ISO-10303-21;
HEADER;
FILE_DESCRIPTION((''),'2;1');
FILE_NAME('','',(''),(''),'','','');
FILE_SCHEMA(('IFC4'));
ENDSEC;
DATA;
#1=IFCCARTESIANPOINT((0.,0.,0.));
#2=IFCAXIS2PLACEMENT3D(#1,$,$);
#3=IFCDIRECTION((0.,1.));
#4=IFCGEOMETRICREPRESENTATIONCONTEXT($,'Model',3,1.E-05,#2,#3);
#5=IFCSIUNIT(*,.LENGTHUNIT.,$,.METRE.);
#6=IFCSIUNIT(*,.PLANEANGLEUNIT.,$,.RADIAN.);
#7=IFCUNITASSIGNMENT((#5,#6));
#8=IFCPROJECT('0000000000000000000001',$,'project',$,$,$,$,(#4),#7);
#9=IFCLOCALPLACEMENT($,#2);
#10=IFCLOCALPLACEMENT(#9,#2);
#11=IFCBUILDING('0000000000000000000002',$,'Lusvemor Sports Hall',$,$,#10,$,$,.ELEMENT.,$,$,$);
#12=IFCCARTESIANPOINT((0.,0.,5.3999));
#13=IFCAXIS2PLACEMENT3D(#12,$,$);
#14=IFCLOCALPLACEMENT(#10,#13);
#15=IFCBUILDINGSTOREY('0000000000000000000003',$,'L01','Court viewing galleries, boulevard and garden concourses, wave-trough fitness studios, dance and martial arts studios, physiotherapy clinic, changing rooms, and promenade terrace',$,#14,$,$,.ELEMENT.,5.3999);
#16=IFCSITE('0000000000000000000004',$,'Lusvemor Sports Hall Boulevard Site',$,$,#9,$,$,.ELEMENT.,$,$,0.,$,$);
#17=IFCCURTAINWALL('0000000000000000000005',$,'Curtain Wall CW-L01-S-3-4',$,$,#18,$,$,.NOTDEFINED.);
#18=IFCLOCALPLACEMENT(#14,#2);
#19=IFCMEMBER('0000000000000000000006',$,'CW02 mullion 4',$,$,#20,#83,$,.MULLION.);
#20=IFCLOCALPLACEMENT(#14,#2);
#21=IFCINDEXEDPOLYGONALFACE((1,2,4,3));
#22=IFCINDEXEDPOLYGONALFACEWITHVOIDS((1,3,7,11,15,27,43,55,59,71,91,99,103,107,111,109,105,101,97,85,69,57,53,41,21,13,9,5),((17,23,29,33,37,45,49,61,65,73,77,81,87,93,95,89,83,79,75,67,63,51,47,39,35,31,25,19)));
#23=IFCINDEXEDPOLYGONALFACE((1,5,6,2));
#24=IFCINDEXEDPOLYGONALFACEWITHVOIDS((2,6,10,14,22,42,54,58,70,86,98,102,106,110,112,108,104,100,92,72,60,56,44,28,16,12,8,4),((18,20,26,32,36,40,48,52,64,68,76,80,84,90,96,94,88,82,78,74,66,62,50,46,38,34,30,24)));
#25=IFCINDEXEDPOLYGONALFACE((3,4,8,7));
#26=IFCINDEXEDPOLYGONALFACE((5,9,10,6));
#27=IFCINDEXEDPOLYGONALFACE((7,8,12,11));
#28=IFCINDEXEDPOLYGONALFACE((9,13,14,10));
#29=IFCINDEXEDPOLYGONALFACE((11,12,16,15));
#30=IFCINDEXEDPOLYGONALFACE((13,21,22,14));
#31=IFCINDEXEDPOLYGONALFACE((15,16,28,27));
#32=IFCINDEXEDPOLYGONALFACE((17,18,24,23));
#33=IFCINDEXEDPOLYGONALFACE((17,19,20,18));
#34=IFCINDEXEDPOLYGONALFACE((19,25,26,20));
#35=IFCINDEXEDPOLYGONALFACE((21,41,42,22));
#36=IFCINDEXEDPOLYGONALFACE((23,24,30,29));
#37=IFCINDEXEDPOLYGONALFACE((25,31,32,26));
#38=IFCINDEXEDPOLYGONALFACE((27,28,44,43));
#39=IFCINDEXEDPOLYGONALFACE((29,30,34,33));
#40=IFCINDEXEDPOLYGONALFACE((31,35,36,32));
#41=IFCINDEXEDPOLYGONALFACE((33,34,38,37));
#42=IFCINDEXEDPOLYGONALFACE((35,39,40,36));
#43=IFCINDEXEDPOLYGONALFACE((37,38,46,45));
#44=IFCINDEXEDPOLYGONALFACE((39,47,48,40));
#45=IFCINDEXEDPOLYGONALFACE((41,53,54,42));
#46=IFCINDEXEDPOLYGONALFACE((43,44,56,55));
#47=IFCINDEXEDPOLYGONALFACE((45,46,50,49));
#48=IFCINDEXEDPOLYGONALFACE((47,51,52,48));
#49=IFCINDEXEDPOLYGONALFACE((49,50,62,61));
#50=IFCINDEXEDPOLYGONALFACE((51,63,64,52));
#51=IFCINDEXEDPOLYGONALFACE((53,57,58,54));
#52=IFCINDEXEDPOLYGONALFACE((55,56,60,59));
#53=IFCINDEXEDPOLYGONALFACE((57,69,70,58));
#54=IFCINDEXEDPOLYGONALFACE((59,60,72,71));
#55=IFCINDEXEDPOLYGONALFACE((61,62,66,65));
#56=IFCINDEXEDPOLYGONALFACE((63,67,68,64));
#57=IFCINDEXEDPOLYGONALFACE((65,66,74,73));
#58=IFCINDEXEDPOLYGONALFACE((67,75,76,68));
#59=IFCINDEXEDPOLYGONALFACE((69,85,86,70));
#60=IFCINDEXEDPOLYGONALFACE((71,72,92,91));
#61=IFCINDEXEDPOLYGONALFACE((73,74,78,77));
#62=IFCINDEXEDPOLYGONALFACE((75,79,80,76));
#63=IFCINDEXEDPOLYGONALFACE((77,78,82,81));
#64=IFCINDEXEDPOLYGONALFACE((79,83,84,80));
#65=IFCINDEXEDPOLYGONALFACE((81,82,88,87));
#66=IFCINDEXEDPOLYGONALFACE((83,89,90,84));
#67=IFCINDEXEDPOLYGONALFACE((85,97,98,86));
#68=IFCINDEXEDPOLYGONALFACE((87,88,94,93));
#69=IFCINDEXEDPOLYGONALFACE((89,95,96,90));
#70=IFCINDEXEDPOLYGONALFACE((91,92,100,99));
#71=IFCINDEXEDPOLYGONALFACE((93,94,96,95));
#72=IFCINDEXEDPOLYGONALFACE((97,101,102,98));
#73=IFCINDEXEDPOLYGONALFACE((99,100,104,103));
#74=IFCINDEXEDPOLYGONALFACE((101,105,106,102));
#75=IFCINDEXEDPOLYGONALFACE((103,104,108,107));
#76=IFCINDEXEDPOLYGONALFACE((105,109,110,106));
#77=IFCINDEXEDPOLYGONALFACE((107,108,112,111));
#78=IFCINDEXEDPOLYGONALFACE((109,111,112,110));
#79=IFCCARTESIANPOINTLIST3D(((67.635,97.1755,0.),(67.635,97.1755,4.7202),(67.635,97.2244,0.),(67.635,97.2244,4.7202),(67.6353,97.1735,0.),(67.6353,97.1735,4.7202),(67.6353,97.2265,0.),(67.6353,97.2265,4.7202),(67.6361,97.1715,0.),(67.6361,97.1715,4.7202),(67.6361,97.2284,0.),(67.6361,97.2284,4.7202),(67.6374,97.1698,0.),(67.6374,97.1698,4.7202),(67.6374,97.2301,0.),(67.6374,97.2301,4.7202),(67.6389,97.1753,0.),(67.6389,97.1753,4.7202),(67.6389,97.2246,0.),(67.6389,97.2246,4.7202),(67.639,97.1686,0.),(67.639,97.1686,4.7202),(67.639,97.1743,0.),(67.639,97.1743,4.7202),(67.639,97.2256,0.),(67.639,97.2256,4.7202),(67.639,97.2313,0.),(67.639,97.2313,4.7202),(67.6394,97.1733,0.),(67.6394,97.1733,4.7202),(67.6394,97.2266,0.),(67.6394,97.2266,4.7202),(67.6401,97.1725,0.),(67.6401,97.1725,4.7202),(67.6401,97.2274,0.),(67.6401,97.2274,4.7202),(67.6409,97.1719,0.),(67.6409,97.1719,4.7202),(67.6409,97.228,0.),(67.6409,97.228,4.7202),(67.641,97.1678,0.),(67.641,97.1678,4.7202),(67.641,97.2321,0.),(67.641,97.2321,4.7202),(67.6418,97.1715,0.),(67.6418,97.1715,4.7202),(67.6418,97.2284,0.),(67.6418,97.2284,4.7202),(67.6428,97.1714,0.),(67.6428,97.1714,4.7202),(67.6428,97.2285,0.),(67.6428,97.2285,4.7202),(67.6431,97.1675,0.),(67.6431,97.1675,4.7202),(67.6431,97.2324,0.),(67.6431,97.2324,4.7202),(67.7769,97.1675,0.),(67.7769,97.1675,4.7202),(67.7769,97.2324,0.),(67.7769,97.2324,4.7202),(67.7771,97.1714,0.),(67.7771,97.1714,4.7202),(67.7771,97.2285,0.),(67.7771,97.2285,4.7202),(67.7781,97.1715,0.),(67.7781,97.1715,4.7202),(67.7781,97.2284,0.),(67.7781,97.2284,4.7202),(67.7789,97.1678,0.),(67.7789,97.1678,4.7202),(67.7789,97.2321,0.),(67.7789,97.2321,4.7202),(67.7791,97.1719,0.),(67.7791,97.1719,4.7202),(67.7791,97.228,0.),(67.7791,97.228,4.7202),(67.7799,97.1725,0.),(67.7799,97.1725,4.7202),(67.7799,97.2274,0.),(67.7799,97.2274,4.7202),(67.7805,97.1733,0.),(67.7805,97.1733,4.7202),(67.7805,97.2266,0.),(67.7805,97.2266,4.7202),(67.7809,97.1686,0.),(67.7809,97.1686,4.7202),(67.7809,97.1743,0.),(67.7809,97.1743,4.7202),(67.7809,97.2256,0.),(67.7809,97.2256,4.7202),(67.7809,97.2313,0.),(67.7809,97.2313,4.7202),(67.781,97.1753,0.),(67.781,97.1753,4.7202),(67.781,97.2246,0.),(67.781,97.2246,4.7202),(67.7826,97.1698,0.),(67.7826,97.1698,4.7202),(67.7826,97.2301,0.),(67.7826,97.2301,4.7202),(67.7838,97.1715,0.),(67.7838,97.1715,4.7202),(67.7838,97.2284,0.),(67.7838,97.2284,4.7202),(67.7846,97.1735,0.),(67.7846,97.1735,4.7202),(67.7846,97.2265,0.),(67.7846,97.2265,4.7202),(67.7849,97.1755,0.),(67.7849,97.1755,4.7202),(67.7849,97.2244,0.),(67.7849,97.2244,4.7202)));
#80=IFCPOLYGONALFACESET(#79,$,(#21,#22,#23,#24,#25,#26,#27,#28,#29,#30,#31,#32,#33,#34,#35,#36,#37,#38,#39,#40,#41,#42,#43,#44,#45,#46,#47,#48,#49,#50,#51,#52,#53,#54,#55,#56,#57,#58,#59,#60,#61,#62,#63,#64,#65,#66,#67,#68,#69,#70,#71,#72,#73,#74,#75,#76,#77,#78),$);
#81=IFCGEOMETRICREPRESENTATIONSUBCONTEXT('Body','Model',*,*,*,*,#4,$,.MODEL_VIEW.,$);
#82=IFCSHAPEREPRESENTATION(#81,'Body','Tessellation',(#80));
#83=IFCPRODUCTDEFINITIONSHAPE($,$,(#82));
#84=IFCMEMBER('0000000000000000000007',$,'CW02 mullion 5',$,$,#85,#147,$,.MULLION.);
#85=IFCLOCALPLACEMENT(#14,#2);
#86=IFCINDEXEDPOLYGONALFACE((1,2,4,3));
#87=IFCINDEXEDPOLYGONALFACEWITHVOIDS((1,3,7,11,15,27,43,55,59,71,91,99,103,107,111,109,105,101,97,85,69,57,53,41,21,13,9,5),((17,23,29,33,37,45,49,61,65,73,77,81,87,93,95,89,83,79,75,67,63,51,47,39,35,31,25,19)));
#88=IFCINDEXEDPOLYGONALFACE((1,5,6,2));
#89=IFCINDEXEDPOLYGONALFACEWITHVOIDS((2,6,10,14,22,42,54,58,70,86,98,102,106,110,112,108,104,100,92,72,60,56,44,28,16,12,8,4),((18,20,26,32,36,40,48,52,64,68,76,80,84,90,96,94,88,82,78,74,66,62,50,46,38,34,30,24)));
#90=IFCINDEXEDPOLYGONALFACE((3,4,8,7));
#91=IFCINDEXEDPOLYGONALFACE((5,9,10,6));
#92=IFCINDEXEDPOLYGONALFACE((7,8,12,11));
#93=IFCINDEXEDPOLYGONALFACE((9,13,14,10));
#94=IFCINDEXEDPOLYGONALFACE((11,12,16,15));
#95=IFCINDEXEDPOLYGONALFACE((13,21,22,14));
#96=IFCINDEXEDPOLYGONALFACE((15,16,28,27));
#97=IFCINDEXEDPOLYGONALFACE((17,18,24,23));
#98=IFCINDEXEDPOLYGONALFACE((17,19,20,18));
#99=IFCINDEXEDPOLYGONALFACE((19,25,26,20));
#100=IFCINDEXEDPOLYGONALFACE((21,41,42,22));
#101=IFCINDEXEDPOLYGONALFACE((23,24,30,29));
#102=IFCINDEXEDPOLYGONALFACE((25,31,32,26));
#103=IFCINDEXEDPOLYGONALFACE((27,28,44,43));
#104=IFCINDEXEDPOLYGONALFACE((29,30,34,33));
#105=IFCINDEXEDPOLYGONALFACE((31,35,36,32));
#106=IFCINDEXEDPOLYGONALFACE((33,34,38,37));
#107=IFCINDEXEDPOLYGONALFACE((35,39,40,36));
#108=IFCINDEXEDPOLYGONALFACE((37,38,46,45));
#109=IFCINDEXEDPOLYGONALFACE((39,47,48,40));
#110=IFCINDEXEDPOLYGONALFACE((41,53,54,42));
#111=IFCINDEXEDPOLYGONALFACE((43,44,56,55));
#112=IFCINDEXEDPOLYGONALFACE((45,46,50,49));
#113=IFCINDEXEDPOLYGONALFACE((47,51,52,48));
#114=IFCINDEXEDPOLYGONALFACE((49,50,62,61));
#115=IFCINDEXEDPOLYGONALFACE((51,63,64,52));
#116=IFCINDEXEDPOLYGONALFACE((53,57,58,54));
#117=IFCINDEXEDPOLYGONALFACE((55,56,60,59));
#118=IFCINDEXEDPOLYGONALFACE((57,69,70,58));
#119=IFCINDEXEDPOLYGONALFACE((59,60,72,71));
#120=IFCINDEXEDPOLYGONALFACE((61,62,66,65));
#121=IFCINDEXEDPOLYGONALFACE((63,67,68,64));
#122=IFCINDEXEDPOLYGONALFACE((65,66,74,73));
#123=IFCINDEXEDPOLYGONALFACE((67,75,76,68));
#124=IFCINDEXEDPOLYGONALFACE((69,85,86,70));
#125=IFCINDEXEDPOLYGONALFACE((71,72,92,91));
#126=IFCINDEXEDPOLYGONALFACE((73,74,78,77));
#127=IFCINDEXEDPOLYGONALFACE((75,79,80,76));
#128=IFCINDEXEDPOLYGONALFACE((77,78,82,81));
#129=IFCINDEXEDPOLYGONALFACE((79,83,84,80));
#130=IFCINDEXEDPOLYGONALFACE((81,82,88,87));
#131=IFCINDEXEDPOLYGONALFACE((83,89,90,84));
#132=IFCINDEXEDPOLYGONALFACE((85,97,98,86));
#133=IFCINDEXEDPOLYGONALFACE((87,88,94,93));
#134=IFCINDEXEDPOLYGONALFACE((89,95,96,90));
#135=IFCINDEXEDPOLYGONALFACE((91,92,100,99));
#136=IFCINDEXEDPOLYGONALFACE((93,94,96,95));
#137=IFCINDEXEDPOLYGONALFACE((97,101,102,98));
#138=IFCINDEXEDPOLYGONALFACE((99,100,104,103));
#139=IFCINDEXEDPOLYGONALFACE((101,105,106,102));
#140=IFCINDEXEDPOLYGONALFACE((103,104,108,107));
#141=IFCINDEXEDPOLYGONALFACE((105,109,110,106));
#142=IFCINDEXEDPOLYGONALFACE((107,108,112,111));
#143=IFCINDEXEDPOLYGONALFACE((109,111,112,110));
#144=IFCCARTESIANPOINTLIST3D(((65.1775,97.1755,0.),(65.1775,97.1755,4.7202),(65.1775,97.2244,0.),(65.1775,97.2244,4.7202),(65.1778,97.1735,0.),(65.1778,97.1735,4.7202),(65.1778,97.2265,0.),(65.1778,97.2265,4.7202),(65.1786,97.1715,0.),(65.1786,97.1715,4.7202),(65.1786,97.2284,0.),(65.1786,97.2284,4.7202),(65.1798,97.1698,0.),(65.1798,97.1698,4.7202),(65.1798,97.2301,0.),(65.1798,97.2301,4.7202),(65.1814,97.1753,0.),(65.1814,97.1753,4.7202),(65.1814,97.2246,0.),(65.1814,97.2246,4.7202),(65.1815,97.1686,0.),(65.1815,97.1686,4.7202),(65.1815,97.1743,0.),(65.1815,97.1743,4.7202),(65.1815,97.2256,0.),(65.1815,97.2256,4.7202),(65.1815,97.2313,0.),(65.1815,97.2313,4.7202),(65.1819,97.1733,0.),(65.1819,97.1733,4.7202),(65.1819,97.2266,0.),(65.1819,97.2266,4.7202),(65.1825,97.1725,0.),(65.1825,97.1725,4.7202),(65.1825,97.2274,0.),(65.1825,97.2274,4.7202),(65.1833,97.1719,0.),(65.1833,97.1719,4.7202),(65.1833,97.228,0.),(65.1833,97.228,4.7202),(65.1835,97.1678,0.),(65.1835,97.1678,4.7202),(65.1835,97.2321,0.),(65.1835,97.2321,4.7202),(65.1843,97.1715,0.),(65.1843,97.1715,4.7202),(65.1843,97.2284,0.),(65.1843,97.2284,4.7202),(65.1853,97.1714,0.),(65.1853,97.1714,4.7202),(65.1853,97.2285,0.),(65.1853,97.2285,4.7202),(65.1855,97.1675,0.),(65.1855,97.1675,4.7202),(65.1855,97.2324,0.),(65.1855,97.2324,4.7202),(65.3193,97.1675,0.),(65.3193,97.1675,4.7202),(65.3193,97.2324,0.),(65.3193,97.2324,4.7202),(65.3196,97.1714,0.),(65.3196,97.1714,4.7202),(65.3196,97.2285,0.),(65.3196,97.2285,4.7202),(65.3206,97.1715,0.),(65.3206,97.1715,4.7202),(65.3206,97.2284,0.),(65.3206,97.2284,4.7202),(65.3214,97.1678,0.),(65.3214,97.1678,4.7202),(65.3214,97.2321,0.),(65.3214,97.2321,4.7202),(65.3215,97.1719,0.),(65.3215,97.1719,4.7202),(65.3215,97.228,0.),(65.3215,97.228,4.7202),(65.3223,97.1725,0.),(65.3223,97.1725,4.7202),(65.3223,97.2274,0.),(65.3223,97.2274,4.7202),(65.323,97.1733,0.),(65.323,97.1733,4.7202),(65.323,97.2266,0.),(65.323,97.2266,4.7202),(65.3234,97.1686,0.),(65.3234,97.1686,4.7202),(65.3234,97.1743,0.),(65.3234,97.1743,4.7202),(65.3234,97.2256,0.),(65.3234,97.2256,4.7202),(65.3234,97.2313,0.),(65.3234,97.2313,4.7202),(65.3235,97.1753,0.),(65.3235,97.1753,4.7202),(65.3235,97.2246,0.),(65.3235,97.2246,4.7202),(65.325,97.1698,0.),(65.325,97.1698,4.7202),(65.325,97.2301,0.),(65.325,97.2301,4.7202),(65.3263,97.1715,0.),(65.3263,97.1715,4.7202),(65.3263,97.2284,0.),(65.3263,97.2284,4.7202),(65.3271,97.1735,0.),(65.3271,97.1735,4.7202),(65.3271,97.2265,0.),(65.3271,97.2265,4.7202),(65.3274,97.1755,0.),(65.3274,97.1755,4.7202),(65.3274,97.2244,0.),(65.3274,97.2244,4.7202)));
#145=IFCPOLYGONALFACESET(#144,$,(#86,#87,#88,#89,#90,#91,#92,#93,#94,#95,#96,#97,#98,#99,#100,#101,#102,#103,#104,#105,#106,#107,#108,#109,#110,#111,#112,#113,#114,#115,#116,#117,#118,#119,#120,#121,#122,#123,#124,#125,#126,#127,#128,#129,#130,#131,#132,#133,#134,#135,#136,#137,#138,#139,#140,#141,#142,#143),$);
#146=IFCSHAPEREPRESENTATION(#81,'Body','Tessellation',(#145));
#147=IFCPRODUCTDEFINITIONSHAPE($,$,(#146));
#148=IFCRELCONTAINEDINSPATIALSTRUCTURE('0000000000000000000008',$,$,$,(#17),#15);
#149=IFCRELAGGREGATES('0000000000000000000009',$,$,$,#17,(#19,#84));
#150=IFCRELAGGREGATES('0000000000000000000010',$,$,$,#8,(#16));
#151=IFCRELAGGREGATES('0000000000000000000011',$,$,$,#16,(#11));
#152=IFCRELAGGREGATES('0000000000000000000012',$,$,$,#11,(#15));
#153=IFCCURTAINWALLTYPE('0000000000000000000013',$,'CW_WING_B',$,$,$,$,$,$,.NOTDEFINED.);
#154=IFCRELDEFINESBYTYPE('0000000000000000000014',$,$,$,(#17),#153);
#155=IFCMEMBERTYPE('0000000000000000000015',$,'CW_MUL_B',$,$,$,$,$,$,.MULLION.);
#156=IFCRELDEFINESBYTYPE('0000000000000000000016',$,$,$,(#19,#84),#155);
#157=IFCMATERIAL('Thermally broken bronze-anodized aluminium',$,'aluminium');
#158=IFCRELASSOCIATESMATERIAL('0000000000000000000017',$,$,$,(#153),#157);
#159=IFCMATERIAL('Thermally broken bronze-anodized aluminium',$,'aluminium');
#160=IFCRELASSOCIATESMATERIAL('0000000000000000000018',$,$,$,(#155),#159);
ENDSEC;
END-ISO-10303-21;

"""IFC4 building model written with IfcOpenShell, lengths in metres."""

from ifc_helpers import new_model, si_unit, direction, frame, origin, origin_2d, place, context, subcontext, project, spatial, hollow_rectangle, extrude, material, material_profile, profile_set, type_object, element, aggregate, save


model = new_model("IFC4")

# Units and contexts
model_context = context("Model", 3, precision=1e-05, world=origin(), true_north=direction((0.0, 1.0)))
body_context = subcontext(model_context, "Body", "Model", "MODEL_VIEW")
ifc_project = project(units=[si_unit("LENGTHUNIT", "METRE"), si_unit("PLANEANGLEUNIT", "RADIAN")], contexts=[model_context])

# Site, building, storey
site_placement = place(None, origin())
site = spatial("IfcSite", under=ifc_project, at=site_placement, Name="Lusvemor Sports Hall Boulevard Site", CompositionType="ELEMENT", RefElevation=0.0)
building_placement = place(site_placement, origin())
building = spatial("IfcBuilding", under=site, at=building_placement, Name="Lusvemor Sports Hall", CompositionType="ELEMENT")
storey_placement = place(building_placement, frame((0.0, 0.0, 5.3999)))
storey = spatial("IfcBuildingStorey", under=building, at=storey_placement, Name="L01", Description="Court viewing galleries, boulevard and garden concourses, wave-trough fitness studios, dance and martial arts studios, physiotherapy clinic, changing rooms, and promenade terrace", CompositionType="ELEMENT", Elevation=5.3999)

# Shared definitions
ifc_material_1 = material(Name="Thermally broken bronze-anodized aluminium", Category="aluminium")
curtain_wall_type = type_object("IfcCurtainWallType", Name="CW_WING_B", PredefinedType="NOTDEFINED", material=ifc_material_1)
ifc_material_2 = material(Name="Thermally broken bronze-anodized aluminium", Category="aluminium")
ifc_material_profile_1 = material_profile(ifc_material_2, hollow_rectangle(XDim=0.0649, YDim=0.1499, WallThickness=0.0039, InnerFilletRadius=0.0039, OuterFilletRadius=0.0081, at=origin_2d()), Name="CWMUL150x65x4")
ifc_profile_set_1 = profile_set([ifc_material_profile_1], Name="Thermally broken bronze-anodized aluminium")
member_type_1 = type_object("IfcMemberType", Name="CW_MUL_B", PredefinedType="MULLION", material=ifc_profile_set_1)

# Curtain wall, members
curtain_wall_1_placement = place(storey_placement, origin())
curtain_wall_1 = element("IfcCurtainWall", 1, at=curtain_wall_1_placement, inside=storey, type_object=curtain_wall_type, Name="Curtain Wall CW-L01-S-3-4", PredefinedType="NOTDEFINED")
member_1_placement = place(storey_placement, frame((67.71, 97.2, 0.0), z_axis=(0.0, 0.0, 1.0), x_axis=(0.0, -1.0, 0.0)))
member_1 = element("IfcMember", 2, at=member_1_placement, type_object=member_type_1, Name="CW02 mullion 4", PredefinedType="MULLION", context=body_context, shape_type="SweptSolid", body=[
    extrude(hollow_rectangle(XDim=0.0649, YDim=0.1499, WallThickness=0.0039, InnerFilletRadius=0.0039, OuterFilletRadius=0.0081, at=origin_2d()), origin(), (0.0, 0.0, 1.0), 4.7202),
])
member_2_placement = place(storey_placement, frame((65.2524, 97.2, 0.0), z_axis=(0.0, 0.0, 1.0), x_axis=(0.0, -1.0, 0.0)))
member_2 = element("IfcMember", 3, at=member_2_placement, type_object=member_type_1, Name="CW02 mullion 5", PredefinedType="MULLION", context=body_context, shape_type="SweptSolid", body=[
    extrude(hollow_rectangle(XDim=0.0649, YDim=0.1499, WallThickness=0.0039, InnerFilletRadius=0.0039, OuterFilletRadius=0.0081, at=origin_2d()), origin(), (0.0, 0.0, 1.0), 4.7202),
])

aggregate(curtain_wall_1, [member_1, member_2])

save(model, "model.ifc")
